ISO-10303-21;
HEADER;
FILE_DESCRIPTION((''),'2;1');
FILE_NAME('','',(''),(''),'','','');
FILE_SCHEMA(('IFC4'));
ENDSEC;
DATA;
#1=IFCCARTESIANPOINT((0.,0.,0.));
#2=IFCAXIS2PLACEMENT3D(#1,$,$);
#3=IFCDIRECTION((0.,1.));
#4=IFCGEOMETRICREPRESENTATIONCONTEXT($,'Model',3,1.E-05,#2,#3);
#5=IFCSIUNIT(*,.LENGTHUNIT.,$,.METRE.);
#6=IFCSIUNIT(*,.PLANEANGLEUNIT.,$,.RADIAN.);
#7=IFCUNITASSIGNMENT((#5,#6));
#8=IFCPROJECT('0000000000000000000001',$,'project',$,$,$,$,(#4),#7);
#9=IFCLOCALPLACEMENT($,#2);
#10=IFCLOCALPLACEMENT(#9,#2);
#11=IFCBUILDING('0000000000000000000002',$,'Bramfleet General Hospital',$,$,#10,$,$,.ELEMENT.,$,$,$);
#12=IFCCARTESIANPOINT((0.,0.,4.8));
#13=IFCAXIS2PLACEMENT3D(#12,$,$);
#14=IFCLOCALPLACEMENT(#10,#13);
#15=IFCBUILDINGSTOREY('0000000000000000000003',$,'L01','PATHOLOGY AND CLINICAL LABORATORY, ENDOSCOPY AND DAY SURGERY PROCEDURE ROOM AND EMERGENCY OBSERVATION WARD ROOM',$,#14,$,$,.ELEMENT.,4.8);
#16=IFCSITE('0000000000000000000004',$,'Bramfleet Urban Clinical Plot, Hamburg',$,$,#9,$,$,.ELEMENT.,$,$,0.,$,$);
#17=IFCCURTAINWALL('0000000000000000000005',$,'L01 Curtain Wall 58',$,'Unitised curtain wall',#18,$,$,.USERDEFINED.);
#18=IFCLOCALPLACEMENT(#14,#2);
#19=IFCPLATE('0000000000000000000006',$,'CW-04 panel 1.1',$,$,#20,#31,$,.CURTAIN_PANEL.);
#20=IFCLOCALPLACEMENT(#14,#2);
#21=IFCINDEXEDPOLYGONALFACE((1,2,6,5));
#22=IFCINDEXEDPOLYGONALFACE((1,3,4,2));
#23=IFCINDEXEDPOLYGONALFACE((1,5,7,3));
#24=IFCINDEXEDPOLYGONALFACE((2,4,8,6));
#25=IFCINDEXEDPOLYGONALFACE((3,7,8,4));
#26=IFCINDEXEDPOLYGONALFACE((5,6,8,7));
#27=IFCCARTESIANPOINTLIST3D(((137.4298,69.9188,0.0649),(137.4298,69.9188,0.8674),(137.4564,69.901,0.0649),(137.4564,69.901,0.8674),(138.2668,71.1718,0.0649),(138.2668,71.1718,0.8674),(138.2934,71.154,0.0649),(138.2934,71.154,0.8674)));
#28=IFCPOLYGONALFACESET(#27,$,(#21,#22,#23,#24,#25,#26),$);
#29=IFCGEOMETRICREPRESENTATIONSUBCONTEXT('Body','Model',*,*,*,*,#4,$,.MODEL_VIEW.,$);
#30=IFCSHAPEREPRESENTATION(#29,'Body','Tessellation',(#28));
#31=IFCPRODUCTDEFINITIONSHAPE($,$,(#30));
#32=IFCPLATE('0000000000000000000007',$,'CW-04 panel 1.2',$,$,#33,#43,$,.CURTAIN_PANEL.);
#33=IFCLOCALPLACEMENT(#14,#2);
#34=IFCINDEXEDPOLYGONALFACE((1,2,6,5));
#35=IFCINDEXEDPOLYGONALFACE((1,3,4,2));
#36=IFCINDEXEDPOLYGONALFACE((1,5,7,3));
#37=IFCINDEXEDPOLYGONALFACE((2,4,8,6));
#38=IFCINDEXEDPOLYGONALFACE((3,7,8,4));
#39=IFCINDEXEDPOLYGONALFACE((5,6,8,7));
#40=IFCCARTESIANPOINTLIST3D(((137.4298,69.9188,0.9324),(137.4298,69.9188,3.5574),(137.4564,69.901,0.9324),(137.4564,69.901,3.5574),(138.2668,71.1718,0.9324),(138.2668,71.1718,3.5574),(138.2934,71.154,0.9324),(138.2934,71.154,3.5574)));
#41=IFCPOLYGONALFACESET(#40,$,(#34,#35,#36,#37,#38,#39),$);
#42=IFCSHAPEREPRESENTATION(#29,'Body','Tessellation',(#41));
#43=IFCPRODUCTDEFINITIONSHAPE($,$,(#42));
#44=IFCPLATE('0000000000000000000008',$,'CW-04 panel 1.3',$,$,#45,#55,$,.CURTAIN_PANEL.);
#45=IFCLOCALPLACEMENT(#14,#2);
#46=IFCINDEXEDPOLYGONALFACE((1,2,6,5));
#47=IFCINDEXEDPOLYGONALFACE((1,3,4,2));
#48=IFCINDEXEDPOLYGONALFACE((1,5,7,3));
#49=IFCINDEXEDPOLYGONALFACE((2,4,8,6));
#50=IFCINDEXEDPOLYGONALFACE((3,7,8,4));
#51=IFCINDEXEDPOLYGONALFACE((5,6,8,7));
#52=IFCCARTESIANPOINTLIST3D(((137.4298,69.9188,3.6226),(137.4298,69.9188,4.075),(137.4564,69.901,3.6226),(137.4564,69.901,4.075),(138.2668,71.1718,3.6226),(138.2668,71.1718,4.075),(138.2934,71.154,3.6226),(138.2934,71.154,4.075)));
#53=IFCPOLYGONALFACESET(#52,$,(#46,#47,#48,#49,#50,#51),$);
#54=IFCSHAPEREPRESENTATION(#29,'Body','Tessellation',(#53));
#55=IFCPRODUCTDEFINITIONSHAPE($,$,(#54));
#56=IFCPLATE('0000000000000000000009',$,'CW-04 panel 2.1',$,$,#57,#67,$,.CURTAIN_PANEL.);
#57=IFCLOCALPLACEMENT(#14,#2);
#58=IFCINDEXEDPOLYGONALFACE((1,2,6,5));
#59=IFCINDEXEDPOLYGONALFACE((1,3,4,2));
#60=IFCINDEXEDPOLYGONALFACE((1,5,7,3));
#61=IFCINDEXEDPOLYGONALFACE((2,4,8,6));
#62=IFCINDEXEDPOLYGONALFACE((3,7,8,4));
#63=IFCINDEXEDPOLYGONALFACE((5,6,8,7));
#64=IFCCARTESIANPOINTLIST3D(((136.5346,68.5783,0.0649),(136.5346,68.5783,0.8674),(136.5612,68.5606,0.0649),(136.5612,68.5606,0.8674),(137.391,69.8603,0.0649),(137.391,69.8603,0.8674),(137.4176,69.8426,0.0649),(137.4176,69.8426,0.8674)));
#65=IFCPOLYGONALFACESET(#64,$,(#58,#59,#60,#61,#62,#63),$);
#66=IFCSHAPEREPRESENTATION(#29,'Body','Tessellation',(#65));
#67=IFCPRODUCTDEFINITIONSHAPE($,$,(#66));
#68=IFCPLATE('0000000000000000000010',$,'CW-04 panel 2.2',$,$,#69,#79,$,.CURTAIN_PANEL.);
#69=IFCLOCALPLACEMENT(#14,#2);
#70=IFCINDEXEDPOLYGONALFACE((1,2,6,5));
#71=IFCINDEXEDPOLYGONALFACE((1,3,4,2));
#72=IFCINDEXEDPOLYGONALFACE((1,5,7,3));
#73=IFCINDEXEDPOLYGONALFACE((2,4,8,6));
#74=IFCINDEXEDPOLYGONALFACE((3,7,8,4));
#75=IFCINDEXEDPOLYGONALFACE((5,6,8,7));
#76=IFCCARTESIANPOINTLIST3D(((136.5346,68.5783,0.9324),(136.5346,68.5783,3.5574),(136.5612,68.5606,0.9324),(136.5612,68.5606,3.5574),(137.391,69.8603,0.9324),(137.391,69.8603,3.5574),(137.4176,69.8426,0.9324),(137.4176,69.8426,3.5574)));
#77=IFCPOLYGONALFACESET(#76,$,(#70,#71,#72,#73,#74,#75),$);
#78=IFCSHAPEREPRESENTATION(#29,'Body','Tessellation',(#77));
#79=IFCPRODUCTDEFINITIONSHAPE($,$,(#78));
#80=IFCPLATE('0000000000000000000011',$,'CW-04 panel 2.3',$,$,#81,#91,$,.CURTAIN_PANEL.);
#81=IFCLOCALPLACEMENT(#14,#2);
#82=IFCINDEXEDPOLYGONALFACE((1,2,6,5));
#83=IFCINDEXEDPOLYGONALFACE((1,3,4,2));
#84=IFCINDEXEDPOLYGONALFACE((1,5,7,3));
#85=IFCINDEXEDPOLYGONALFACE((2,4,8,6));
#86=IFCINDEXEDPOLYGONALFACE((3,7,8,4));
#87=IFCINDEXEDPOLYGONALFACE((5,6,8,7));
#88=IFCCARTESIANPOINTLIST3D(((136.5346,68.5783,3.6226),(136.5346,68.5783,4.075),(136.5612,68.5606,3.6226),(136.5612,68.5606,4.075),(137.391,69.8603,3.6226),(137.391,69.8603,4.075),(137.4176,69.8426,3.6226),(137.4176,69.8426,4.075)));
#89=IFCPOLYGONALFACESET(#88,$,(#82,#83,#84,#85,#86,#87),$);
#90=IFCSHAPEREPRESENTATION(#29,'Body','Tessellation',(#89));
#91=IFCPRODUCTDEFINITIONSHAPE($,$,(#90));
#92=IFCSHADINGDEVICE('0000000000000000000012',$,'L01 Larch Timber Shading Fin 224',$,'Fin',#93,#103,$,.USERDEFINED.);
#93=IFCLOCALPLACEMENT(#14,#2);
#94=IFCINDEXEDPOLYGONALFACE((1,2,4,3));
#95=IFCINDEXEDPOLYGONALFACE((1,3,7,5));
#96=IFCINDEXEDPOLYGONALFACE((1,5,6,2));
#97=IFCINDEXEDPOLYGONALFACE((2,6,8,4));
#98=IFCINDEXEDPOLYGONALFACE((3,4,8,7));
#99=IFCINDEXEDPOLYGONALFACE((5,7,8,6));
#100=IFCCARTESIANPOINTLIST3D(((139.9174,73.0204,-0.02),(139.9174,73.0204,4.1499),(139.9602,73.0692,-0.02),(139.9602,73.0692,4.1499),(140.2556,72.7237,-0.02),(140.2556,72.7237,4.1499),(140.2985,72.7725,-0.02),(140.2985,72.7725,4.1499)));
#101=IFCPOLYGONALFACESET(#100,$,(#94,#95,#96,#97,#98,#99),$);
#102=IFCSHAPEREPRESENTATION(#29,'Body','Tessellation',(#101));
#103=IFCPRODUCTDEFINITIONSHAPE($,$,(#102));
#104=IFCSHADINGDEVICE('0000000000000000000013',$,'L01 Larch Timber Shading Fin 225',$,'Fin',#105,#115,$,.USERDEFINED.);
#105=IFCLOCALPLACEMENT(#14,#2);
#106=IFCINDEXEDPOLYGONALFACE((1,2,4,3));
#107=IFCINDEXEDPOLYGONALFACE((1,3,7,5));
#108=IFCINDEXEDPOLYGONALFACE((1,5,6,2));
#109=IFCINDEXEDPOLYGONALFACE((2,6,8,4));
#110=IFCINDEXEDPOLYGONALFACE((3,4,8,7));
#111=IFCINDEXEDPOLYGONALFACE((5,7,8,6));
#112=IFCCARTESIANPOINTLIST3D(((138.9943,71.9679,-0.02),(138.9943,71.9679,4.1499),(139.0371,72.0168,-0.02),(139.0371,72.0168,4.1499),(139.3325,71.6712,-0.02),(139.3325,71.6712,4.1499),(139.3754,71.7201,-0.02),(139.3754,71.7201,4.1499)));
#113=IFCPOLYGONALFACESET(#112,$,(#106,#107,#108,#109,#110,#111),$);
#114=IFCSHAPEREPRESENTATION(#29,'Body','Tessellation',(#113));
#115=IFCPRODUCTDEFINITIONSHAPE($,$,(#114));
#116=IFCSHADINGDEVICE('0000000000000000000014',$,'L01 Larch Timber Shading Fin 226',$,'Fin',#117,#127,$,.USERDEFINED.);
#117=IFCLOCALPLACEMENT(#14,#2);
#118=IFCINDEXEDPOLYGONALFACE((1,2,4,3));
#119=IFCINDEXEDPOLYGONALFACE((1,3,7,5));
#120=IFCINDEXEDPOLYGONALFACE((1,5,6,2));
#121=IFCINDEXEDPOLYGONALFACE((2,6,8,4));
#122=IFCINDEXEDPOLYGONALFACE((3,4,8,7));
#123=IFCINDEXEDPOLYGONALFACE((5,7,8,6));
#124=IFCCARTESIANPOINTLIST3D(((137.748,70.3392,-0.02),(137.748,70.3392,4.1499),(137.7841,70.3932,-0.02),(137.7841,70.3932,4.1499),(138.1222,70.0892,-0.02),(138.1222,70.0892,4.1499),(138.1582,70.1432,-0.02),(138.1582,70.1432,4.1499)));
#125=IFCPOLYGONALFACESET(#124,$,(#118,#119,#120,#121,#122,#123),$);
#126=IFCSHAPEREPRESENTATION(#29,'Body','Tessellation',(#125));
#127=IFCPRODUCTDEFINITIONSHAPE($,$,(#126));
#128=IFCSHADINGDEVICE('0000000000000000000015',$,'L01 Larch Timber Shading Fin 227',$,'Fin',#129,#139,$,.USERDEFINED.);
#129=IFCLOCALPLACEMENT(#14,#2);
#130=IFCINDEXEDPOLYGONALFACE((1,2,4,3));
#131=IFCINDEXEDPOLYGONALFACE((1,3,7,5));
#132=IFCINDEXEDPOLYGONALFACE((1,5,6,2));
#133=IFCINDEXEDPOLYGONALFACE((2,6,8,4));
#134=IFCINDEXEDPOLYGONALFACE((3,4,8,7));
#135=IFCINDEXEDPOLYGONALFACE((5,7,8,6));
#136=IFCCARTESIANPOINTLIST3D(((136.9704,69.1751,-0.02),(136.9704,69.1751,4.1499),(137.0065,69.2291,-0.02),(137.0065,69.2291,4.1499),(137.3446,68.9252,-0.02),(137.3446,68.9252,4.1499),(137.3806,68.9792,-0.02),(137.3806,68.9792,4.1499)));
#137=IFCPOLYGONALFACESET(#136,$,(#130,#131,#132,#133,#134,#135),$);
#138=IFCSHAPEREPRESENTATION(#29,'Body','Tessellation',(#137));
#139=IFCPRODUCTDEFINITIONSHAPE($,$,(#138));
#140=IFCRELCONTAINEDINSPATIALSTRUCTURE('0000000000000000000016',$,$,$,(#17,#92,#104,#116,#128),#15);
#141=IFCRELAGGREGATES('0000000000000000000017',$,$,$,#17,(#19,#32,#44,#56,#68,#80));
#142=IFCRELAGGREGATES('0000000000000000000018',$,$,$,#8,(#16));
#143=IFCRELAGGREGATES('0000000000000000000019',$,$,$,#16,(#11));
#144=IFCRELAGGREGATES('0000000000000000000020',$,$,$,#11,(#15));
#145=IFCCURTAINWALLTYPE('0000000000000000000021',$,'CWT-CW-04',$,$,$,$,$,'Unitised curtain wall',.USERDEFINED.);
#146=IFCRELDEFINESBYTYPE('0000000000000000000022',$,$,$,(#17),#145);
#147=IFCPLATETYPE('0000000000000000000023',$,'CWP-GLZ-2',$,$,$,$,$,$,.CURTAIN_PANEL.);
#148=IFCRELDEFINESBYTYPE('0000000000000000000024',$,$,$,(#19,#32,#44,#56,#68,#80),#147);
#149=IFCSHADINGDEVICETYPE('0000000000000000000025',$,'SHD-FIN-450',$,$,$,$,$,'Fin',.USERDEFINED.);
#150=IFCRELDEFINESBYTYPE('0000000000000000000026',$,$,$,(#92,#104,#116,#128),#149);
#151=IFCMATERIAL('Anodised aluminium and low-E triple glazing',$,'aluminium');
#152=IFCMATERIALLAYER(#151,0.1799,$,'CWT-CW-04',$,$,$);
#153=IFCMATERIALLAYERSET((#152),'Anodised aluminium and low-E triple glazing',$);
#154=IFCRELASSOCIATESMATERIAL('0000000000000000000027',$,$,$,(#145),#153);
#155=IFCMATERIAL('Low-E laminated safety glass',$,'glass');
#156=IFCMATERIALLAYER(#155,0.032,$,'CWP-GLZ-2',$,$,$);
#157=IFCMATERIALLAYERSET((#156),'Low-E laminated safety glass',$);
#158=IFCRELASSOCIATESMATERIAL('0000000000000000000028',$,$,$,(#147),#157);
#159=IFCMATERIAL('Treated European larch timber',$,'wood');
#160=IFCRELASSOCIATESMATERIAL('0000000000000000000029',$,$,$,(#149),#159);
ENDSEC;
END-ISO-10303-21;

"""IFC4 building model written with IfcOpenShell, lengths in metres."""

from ifc_helpers import new_model, si_unit, direction, frame, origin, origin_2d, place, context, subcontext, project, spatial, rectangle, extrude, material, layer, layer_set, material_profile, profile_set, type_object, element, aggregate, save


model = new_model("IFC4")

# Units and contexts
model_context = context("Model", 3, precision=1e-05, world=origin(), true_north=direction((0.0, 1.0)))
body_context = subcontext(model_context, "Body", "Model", "MODEL_VIEW")
ifc_project = project(units=[si_unit("LENGTHUNIT", "METRE"), si_unit("PLANEANGLEUNIT", "RADIAN")], contexts=[model_context])

# Site, building, storey
site_placement = place(None, origin())
site = spatial("IfcSite", under=ifc_project, at=site_placement, Name="Bramfleet Urban Clinical Plot, Hamburg", CompositionType="ELEMENT", RefElevation=0.0)
building_placement = place(site_placement, origin())
building = spatial("IfcBuilding", under=site, at=building_placement, Name="Bramfleet General Hospital", CompositionType="ELEMENT")
storey_placement = place(building_placement, frame((0.0, 0.0, 4.8)))
storey = spatial("IfcBuildingStorey", under=building, at=storey_placement, Name="L01", Description="PATHOLOGY AND CLINICAL LABORATORY, ENDOSCOPY AND DAY SURGERY PROCEDURE ROOM AND EMERGENCY OBSERVATION WARD ROOM", CompositionType="ELEMENT", Elevation=4.8)

# Curtain wall
ifc_material_1 = material(Name="Anodised aluminium and low-E triple glazing", Category="aluminium")
ifc_layer_1 = layer(ifc_material_1, 0.1799, Name="CWT-CW-04")
ifc_layer_set_1 = layer_set([ifc_layer_1], Name="Anodised aluminium and low-E triple glazing")
curtain_wall_type_1 = type_object("IfcCurtainWallType", Name="CWT-CW-04", ElementType="Unitised curtain wall", PredefinedType="USERDEFINED", material=ifc_layer_set_1)
curtain_wall_1_placement = place(storey_placement, origin())
curtain_wall_1 = element("IfcCurtainWall", 1, at=curtain_wall_1_placement, inside=storey, type_object=curtain_wall_type_1, Name="L01 Curtain Wall 58", ObjectType="Unitised curtain wall", PredefinedType="USERDEFINED")

# Plates
ifc_material_2 = material(Name="Low-E laminated safety glass", Category="glass")
ifc_layer_2 = layer(ifc_material_2, 0.032, Name="CWP-GLZ-2")
ifc_layer_set_2 = layer_set([ifc_layer_2], Name="Low-E laminated safety glass")
plate_type_1 = type_object("IfcPlateType", Name="CWP-GLZ-2", PredefinedType="CURTAIN_PANEL", material=ifc_layer_set_2)
plate_1_placement = place(storey_placement, frame((137.8616, 70.5364, 0.0649), z_axis=(0.0, 0.0, 1.0), x_axis=(-0.555464, -0.831541, 0.0)))
plate_1 = element("IfcPlate", 2, at=plate_1_placement, type_object=plate_type_1, Name="CW-04 panel 1.1", PredefinedType="CURTAIN_PANEL", context=body_context, shape_type="SweptSolid", body=[
    extrude(rectangle(XDim=1.5068, YDim=0.032, at=origin_2d()), origin(), (0.0, 0.0, 1.0), 0.8025),
])
plate_2_placement = place(storey_placement, frame((137.8616, 70.5364, 0.9324), z_axis=(0.0, 0.0, 1.0), x_axis=(-0.555464, -0.831541, 0.0)))
plate_2 = element("IfcPlate", 3, at=plate_2_placement, type_object=plate_type_1, Name="CW-04 panel 1.2", PredefinedType="CURTAIN_PANEL", context=body_context, shape_type="SweptSolid", body=[
    extrude(rectangle(XDim=1.5068, YDim=0.032, at=origin_2d()), origin(), (0.0, 0.0, 1.0), 2.625),
])
plate_3_placement = place(storey_placement, frame((137.8616, 70.5364, 3.6226), z_axis=(0.0, 0.0, 1.0), x_axis=(-0.555464, -0.831541, 0.0)))
plate_3 = element("IfcPlate", 4, at=plate_3_placement, type_object=plate_type_1, Name="CW-04 panel 1.3", PredefinedType="CURTAIN_PANEL", context=body_context, shape_type="SweptSolid", body=[
    extrude(rectangle(XDim=1.5068, YDim=0.032, at=origin_2d()), origin(), (0.0, 0.0, 1.0), 0.4524),
])
plate_4_placement = place(storey_placement, frame((136.9761, 69.2104, 0.0649), z_axis=(0.0, 0.0, 1.0), x_axis=(-0.555464, -0.831541, 0.0)))
plate_4 = element("IfcPlate", 5, at=plate_4_placement, type_object=plate_type_1, Name="CW-04 panel 2.1", PredefinedType="CURTAIN_PANEL", context=body_context, shape_type="SweptSolid", body=[
    extrude(rectangle(XDim=1.5417, YDim=0.032, at=origin_2d()), origin(), (0.0, 0.0, 1.0), 0.8025),
])
plate_5_placement = place(storey_placement, frame((136.9761, 69.2104, 0.9324), z_axis=(0.0, 0.0, 1.0), x_axis=(-0.555464, -0.831541, 0.0)))
plate_5 = element("IfcPlate", 6, at=plate_5_placement, type_object=plate_type_1, Name="CW-04 panel 2.2", PredefinedType="CURTAIN_PANEL", context=body_context, shape_type="SweptSolid", body=[
    extrude(rectangle(XDim=1.5417, YDim=0.032, at=origin_2d()), origin(), (0.0, 0.0, 1.0), 2.625),
])
plate_6_placement = place(storey_placement, frame((136.9761, 69.2104, 3.6226), z_axis=(0.0, 0.0, 1.0), x_axis=(-0.555464, -0.831541, 0.0)))
plate_6 = element("IfcPlate", 7, at=plate_6_placement, type_object=plate_type_1, Name="CW-04 panel 2.3", PredefinedType="CURTAIN_PANEL", context=body_context, shape_type="SweptSolid", body=[
    extrude(rectangle(XDim=1.5417, YDim=0.032, at=origin_2d()), origin(), (0.0, 0.0, 1.0), 0.4524),
])
aggregate(curtain_wall_1, [plate_1, plate_2, plate_3, plate_4, plate_5, plate_6])

# Shading devices
ifc_material_3 = material(Name="Treated European larch timber", Category="wood")
ifc_material_profile_1 = material_profile(ifc_material_3, rectangle(XDim=0.0649, YDim=0.45, at=origin_2d()), Name="LARCH FIN 450x65")
ifc_profile_set_1 = profile_set([ifc_material_profile_1], Name="Treated European larch timber")
shading_device_type = type_object("IfcShadingDeviceType", Name="SHD-FIN-450", ElementType="Fin", PredefinedType="USERDEFINED", material=ifc_profile_set_1)
for number, where, z_axis, x_axis, name in (
    (8, (140.1079, 72.8965, -0.02), (0.0, 0.0, 1.0), (-0.659406, -0.751787, 0.0), "L01 Larch Timber Shading Fin 224"),
    (9, (139.1848, 71.844, -0.02), (0.0, 0.0, 1.0), (-0.659406, -0.751787, 0.0), "L01 Larch Timber Shading Fin 225"),
    (10, (137.9531, 70.2412, -0.02), (0.0, 0.0, 1.0), (-0.555464, -0.831541, 0.0), "L01 Larch Timber Shading Fin 226"),
    (11, (137.1755, 69.0771, -0.02), (0.0, 0.0, 1.0), (-0.555464, -0.831541, 0.0), "L01 Larch Timber Shading Fin 227"),
):
    element("IfcShadingDevice", number, at=place(storey_placement, frame(where, z_axis=z_axis, x_axis=x_axis)), inside=storey, type_object=shading_device_type, Name=name, ObjectType="Fin", PredefinedType="USERDEFINED", context=body_context, shape_type="SweptSolid", body=[
        extrude(rectangle(XDim=0.0649, YDim=0.45, at=origin_2d()), origin(), (0.0, 0.0, 1.0), 4.1699),
    ])

save(model, "model.ifc")
